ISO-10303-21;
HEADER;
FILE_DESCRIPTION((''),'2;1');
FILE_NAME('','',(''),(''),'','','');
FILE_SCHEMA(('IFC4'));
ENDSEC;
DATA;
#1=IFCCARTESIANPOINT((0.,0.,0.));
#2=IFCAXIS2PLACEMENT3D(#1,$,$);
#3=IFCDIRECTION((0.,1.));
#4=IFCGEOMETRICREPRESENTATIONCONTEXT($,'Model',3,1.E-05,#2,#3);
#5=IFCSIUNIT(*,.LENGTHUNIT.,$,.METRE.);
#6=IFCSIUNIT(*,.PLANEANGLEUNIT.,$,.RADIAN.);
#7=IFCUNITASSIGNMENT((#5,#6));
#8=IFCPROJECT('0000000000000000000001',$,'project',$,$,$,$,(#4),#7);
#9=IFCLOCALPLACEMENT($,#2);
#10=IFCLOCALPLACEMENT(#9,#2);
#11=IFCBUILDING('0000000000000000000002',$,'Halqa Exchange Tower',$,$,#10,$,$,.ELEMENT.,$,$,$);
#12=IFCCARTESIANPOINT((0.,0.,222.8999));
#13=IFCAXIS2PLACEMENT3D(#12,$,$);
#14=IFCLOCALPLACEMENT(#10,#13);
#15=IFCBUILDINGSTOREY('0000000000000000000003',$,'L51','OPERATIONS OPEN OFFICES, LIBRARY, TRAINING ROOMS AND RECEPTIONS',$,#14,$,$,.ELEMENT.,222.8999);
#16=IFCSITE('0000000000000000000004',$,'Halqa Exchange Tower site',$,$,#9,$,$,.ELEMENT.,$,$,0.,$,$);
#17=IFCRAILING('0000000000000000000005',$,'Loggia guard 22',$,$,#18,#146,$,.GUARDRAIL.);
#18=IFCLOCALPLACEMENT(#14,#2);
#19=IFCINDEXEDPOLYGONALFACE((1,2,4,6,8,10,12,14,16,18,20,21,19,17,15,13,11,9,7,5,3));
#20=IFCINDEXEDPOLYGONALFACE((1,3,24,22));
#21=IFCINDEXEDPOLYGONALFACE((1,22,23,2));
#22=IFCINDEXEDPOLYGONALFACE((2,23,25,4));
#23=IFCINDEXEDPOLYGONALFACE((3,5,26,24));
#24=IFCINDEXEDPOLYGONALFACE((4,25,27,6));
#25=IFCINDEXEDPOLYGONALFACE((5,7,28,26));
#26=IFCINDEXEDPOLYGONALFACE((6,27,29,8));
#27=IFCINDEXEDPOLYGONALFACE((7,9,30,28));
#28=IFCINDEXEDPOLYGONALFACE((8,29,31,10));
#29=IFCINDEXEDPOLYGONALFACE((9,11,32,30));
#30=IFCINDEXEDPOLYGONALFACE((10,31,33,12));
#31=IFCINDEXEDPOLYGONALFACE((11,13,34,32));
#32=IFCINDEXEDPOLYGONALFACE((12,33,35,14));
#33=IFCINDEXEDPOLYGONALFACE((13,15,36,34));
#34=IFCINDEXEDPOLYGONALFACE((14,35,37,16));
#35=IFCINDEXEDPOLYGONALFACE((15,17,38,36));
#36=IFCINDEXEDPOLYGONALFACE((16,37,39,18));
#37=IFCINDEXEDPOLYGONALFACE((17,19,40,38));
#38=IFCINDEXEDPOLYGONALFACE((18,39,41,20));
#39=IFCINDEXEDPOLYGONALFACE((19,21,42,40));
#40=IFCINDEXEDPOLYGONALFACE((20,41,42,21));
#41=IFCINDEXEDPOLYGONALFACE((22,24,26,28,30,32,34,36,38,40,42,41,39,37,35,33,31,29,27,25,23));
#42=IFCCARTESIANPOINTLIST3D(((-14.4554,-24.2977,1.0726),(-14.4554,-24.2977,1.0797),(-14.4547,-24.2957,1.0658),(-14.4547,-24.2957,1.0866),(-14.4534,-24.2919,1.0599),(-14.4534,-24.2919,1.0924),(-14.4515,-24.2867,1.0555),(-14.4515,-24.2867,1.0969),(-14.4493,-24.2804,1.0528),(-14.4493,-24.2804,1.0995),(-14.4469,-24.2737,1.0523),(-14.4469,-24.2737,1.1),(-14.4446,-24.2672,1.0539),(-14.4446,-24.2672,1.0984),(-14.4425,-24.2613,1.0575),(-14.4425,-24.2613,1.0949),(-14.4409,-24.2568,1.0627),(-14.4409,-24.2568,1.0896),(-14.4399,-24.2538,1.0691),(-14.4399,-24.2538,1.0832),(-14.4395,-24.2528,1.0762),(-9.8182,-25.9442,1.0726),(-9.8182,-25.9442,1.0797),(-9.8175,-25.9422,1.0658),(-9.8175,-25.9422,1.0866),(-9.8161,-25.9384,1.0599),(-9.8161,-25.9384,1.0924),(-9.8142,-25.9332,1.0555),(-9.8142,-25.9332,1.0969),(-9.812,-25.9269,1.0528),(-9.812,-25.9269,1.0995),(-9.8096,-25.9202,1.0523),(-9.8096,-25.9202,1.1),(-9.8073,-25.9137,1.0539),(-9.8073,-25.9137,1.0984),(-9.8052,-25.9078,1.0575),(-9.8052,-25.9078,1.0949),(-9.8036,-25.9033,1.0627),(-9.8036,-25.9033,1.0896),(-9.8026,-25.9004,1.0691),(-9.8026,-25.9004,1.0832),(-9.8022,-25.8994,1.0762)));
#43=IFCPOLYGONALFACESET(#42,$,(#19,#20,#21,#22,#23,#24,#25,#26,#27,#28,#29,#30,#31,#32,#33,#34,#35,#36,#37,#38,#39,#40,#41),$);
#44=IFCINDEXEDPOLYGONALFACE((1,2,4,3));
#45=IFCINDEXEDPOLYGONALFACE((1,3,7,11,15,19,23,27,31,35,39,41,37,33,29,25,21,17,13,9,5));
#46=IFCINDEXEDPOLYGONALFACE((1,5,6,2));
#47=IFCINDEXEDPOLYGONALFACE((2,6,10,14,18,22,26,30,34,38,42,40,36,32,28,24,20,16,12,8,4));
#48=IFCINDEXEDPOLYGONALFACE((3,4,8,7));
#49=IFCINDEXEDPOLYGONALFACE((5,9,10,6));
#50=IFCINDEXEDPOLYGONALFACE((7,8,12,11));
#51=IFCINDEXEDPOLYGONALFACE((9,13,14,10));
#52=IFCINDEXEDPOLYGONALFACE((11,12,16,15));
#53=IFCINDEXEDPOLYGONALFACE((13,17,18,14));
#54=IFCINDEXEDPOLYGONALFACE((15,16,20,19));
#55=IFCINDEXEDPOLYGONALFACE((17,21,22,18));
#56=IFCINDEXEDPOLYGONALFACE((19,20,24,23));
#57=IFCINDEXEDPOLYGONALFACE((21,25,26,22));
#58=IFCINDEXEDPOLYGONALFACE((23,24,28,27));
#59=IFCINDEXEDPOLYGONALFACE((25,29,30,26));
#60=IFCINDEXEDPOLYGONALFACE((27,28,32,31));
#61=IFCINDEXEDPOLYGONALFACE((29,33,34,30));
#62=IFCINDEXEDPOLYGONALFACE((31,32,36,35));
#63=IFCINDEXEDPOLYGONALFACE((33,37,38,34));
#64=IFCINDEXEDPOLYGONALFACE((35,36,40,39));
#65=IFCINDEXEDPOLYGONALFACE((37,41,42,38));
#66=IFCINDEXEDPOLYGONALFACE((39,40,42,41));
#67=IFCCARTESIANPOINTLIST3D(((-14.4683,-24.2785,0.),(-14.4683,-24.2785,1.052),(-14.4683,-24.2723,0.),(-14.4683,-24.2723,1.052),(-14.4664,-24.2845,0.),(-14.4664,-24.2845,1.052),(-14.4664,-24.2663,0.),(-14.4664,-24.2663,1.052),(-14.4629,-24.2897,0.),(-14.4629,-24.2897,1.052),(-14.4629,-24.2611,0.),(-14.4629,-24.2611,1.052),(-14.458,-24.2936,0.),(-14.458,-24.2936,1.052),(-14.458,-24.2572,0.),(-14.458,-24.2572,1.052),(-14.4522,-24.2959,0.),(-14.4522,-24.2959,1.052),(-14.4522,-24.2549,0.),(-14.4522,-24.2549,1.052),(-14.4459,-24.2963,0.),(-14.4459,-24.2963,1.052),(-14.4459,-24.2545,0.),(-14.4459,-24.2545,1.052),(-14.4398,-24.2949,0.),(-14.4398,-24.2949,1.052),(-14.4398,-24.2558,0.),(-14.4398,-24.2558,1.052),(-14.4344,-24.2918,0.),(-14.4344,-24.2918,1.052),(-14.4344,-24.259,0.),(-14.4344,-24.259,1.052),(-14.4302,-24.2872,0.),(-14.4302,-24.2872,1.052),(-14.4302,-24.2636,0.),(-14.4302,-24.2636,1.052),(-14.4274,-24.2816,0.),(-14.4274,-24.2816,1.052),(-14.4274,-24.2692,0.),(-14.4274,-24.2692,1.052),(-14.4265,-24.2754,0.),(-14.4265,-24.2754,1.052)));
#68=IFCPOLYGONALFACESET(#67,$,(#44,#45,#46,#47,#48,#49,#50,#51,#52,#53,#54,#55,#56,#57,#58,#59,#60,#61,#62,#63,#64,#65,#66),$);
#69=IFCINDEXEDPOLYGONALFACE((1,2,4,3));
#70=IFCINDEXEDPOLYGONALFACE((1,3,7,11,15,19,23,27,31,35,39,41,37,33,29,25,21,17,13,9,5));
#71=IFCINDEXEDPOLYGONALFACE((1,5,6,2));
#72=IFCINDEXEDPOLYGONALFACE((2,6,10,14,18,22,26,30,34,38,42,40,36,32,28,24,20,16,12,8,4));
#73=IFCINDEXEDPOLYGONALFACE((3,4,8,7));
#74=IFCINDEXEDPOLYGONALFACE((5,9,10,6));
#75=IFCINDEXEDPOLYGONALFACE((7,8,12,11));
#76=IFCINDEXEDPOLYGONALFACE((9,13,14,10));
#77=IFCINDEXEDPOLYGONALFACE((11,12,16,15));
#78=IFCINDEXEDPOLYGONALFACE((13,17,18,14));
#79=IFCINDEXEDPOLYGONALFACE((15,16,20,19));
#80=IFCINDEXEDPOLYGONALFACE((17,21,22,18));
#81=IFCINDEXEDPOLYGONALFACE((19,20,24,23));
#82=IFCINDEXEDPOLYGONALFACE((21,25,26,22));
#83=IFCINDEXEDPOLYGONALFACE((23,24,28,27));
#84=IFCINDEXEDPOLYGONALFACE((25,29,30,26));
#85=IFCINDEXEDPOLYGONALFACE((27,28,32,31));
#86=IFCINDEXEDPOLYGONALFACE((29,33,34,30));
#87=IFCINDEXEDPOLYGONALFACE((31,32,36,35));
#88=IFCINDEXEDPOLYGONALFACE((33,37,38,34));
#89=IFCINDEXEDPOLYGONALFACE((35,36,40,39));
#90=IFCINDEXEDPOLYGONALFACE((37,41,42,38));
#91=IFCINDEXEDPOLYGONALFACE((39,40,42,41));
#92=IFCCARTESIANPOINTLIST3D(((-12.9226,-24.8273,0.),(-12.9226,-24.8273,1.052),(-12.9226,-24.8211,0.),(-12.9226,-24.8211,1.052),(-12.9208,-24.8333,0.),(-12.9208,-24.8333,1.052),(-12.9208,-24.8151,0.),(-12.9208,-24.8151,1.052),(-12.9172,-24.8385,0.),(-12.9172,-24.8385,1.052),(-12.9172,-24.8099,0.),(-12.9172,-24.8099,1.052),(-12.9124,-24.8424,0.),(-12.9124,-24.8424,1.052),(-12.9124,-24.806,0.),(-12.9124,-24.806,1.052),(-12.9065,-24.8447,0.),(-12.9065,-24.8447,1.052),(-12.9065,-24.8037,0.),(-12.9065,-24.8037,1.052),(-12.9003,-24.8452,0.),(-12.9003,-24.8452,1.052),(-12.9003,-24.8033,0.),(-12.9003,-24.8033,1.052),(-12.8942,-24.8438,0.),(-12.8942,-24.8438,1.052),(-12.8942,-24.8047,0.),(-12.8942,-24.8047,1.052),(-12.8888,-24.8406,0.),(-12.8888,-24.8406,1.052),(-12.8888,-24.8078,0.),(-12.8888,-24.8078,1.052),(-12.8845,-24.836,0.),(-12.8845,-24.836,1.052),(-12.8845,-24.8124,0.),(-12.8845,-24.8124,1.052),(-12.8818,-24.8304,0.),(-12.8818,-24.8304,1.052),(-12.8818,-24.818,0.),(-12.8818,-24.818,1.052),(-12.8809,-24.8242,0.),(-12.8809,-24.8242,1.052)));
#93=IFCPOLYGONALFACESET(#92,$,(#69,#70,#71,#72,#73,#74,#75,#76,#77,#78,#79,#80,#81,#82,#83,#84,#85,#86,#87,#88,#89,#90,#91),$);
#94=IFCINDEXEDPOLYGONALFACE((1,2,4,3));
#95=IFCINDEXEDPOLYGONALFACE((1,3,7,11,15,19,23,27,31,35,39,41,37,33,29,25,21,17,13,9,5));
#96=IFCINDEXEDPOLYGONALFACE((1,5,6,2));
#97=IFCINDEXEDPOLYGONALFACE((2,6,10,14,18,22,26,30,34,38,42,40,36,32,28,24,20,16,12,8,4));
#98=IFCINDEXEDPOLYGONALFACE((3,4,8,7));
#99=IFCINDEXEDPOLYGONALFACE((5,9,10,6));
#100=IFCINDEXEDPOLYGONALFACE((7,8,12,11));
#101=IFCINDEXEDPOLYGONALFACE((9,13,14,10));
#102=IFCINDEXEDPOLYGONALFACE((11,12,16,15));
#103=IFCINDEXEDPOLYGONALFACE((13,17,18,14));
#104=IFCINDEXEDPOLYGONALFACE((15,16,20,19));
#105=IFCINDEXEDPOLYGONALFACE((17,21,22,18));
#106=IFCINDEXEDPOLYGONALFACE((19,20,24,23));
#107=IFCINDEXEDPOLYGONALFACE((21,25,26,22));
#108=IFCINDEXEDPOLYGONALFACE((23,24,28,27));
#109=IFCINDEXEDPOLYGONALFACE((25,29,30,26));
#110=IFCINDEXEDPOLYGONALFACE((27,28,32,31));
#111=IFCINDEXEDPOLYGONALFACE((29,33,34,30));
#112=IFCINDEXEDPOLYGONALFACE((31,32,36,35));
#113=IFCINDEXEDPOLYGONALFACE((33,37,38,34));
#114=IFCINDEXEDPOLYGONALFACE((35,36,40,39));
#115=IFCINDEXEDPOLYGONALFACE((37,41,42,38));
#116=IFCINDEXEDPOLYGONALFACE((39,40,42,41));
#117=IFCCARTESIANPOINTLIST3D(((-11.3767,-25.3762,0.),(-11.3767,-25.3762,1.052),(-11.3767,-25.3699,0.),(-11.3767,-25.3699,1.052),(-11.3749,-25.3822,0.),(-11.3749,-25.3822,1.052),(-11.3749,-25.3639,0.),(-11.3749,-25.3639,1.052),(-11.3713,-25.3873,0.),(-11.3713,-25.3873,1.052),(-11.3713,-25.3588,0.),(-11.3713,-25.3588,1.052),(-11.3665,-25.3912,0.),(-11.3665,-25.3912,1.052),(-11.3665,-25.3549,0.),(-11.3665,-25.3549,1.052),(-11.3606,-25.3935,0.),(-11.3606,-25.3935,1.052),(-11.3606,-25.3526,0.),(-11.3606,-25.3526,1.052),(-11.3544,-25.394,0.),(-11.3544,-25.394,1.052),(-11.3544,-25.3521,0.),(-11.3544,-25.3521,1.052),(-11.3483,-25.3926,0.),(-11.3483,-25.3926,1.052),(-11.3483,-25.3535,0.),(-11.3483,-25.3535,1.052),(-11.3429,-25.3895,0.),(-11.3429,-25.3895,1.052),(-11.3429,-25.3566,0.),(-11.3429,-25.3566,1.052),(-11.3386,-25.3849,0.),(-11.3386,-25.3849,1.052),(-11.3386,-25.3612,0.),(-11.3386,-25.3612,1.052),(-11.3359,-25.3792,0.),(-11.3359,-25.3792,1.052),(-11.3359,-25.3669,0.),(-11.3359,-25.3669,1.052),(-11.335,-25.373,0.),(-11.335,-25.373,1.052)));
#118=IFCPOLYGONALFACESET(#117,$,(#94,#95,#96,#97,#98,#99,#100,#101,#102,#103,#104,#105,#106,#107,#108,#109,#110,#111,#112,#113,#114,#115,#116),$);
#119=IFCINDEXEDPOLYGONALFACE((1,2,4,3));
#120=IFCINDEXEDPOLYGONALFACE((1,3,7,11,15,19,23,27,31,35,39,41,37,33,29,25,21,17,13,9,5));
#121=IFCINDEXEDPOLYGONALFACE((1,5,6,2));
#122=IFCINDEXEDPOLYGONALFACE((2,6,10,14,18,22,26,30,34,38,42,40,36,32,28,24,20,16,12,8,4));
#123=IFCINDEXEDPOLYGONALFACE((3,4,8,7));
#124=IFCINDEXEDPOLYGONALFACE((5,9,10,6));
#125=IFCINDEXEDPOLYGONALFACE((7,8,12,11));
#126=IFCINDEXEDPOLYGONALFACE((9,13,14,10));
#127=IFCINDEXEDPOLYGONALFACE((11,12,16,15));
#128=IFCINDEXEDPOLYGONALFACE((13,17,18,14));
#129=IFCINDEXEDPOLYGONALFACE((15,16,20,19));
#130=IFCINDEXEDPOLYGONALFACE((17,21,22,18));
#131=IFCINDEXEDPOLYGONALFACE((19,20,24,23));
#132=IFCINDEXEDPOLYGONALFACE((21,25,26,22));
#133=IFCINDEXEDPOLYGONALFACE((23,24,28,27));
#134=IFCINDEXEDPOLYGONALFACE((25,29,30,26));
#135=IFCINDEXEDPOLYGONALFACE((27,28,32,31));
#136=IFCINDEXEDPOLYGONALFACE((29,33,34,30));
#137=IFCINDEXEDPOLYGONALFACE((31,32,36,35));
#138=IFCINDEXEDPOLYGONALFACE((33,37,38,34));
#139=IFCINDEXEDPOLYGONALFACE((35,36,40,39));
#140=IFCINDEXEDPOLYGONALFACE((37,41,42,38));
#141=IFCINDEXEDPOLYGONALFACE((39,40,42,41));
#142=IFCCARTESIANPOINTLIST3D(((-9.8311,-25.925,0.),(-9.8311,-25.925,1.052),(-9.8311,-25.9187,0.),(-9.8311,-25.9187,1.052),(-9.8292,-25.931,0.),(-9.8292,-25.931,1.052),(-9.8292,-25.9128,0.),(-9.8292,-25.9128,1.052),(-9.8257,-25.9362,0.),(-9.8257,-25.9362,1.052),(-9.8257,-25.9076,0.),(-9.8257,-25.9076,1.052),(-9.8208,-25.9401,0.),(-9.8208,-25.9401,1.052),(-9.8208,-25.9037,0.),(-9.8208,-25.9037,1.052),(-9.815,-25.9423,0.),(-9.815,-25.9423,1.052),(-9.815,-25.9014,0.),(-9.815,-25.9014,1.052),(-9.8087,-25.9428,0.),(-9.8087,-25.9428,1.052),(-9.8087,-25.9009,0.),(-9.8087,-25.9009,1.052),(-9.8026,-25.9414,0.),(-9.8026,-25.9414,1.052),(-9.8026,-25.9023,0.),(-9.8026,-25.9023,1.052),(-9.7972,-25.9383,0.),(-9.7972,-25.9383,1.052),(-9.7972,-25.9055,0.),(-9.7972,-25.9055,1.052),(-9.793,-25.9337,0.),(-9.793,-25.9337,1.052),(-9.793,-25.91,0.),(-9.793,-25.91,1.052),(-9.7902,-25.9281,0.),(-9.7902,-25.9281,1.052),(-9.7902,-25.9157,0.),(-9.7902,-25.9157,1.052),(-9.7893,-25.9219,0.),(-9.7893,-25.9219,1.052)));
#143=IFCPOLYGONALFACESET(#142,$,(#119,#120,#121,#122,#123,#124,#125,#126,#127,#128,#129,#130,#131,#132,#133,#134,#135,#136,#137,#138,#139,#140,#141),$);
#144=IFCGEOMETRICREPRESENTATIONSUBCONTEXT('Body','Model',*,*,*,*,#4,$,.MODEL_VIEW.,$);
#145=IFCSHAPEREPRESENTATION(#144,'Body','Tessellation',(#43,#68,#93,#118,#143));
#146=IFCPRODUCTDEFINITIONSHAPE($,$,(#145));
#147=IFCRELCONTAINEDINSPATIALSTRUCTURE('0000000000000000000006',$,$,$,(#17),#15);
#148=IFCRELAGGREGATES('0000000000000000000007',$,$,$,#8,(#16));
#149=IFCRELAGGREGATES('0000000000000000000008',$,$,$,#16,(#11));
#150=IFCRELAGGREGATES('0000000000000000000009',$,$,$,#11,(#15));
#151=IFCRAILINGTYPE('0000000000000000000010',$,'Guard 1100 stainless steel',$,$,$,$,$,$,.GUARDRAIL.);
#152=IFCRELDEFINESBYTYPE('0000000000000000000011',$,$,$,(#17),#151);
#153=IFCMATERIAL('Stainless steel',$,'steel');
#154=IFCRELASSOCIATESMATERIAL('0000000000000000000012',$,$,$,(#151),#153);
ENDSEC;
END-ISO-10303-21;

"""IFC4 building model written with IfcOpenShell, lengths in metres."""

from ifc_helpers import new_model, si_unit, direction, frame, origin, origin_2d, place, context, subcontext, project, spatial, circle, extrude, material, type_object, element, save


model = new_model("IFC4")

# Units and contexts
model_context = context("Model", 3, precision=1e-05, world=origin(), true_north=direction((0.0, 1.0)))
body_context = subcontext(model_context, "Body", "Model", "MODEL_VIEW")
ifc_project = project(units=[si_unit("LENGTHUNIT", "METRE"), si_unit("PLANEANGLEUNIT", "RADIAN")], contexts=[model_context])

# Site, building, storey
site_placement = place(None, origin())
site = spatial("IfcSite", under=ifc_project, at=site_placement, Name="Halqa Exchange Tower site", CompositionType="ELEMENT", RefElevation=0.0)
building_placement = place(site_placement, origin())
building = spatial("IfcBuilding", under=site, at=building_placement, Name="Halqa Exchange Tower", CompositionType="ELEMENT")
storey_placement = place(building_placement, frame((0.0, 0.0, 222.8999)))
storey = spatial("IfcBuildingStorey", under=building, at=storey_placement, Name="L51", Description="OPERATIONS OPEN OFFICES, LIBRARY, TRAINING ROOMS AND RECEPTIONS", CompositionType="ELEMENT", Elevation=222.8999)

# Railing
ifc_material_1 = material(Name="Stainless steel", Category="steel")
railing_type = type_object("IfcRailingType", Name="Guard 1100 stainless steel", PredefinedType="GUARDRAIL", material=ifc_material_1)
railing_1_placement = place(storey_placement, frame((-14.4475, -24.2754, 0.0)))
element("IfcRailing", 1, at=railing_1_placement, inside=storey, type_object=railing_type, Name="Loggia guard 22", PredefinedType="GUARDRAIL", context=body_context, shape_type="SweptSolid", body=[
    extrude(circle(Radius=0.0239, at=origin_2d()), frame((0.0, 0.0, 1.0762), z_axis=(0.942362, -0.334595, 0.0), x_axis=(0.334595, 0.942362, 0.0)), (0.0, 0.0, 1.0), 4.9209),
    extrude(circle(Radius=0.021, at=origin_2d()), origin(), (0.0, 0.0, 1.0), 1.052),
    extrude(circle(Radius=0.021, at=origin_2d()), frame((1.5457, -0.5488, 0.0)), (0.0, 0.0, 1.0), 1.052),
    extrude(circle(Radius=0.021, at=origin_2d()), frame((3.0916, -1.0977, 0.0)), (0.0, 0.0, 1.0), 1.052),
    extrude(circle(Radius=0.021, at=origin_2d()), frame((4.6372, -1.6465, 0.0)), (0.0, 0.0, 1.0), 1.052),
])

save(model, "model.ifc")
